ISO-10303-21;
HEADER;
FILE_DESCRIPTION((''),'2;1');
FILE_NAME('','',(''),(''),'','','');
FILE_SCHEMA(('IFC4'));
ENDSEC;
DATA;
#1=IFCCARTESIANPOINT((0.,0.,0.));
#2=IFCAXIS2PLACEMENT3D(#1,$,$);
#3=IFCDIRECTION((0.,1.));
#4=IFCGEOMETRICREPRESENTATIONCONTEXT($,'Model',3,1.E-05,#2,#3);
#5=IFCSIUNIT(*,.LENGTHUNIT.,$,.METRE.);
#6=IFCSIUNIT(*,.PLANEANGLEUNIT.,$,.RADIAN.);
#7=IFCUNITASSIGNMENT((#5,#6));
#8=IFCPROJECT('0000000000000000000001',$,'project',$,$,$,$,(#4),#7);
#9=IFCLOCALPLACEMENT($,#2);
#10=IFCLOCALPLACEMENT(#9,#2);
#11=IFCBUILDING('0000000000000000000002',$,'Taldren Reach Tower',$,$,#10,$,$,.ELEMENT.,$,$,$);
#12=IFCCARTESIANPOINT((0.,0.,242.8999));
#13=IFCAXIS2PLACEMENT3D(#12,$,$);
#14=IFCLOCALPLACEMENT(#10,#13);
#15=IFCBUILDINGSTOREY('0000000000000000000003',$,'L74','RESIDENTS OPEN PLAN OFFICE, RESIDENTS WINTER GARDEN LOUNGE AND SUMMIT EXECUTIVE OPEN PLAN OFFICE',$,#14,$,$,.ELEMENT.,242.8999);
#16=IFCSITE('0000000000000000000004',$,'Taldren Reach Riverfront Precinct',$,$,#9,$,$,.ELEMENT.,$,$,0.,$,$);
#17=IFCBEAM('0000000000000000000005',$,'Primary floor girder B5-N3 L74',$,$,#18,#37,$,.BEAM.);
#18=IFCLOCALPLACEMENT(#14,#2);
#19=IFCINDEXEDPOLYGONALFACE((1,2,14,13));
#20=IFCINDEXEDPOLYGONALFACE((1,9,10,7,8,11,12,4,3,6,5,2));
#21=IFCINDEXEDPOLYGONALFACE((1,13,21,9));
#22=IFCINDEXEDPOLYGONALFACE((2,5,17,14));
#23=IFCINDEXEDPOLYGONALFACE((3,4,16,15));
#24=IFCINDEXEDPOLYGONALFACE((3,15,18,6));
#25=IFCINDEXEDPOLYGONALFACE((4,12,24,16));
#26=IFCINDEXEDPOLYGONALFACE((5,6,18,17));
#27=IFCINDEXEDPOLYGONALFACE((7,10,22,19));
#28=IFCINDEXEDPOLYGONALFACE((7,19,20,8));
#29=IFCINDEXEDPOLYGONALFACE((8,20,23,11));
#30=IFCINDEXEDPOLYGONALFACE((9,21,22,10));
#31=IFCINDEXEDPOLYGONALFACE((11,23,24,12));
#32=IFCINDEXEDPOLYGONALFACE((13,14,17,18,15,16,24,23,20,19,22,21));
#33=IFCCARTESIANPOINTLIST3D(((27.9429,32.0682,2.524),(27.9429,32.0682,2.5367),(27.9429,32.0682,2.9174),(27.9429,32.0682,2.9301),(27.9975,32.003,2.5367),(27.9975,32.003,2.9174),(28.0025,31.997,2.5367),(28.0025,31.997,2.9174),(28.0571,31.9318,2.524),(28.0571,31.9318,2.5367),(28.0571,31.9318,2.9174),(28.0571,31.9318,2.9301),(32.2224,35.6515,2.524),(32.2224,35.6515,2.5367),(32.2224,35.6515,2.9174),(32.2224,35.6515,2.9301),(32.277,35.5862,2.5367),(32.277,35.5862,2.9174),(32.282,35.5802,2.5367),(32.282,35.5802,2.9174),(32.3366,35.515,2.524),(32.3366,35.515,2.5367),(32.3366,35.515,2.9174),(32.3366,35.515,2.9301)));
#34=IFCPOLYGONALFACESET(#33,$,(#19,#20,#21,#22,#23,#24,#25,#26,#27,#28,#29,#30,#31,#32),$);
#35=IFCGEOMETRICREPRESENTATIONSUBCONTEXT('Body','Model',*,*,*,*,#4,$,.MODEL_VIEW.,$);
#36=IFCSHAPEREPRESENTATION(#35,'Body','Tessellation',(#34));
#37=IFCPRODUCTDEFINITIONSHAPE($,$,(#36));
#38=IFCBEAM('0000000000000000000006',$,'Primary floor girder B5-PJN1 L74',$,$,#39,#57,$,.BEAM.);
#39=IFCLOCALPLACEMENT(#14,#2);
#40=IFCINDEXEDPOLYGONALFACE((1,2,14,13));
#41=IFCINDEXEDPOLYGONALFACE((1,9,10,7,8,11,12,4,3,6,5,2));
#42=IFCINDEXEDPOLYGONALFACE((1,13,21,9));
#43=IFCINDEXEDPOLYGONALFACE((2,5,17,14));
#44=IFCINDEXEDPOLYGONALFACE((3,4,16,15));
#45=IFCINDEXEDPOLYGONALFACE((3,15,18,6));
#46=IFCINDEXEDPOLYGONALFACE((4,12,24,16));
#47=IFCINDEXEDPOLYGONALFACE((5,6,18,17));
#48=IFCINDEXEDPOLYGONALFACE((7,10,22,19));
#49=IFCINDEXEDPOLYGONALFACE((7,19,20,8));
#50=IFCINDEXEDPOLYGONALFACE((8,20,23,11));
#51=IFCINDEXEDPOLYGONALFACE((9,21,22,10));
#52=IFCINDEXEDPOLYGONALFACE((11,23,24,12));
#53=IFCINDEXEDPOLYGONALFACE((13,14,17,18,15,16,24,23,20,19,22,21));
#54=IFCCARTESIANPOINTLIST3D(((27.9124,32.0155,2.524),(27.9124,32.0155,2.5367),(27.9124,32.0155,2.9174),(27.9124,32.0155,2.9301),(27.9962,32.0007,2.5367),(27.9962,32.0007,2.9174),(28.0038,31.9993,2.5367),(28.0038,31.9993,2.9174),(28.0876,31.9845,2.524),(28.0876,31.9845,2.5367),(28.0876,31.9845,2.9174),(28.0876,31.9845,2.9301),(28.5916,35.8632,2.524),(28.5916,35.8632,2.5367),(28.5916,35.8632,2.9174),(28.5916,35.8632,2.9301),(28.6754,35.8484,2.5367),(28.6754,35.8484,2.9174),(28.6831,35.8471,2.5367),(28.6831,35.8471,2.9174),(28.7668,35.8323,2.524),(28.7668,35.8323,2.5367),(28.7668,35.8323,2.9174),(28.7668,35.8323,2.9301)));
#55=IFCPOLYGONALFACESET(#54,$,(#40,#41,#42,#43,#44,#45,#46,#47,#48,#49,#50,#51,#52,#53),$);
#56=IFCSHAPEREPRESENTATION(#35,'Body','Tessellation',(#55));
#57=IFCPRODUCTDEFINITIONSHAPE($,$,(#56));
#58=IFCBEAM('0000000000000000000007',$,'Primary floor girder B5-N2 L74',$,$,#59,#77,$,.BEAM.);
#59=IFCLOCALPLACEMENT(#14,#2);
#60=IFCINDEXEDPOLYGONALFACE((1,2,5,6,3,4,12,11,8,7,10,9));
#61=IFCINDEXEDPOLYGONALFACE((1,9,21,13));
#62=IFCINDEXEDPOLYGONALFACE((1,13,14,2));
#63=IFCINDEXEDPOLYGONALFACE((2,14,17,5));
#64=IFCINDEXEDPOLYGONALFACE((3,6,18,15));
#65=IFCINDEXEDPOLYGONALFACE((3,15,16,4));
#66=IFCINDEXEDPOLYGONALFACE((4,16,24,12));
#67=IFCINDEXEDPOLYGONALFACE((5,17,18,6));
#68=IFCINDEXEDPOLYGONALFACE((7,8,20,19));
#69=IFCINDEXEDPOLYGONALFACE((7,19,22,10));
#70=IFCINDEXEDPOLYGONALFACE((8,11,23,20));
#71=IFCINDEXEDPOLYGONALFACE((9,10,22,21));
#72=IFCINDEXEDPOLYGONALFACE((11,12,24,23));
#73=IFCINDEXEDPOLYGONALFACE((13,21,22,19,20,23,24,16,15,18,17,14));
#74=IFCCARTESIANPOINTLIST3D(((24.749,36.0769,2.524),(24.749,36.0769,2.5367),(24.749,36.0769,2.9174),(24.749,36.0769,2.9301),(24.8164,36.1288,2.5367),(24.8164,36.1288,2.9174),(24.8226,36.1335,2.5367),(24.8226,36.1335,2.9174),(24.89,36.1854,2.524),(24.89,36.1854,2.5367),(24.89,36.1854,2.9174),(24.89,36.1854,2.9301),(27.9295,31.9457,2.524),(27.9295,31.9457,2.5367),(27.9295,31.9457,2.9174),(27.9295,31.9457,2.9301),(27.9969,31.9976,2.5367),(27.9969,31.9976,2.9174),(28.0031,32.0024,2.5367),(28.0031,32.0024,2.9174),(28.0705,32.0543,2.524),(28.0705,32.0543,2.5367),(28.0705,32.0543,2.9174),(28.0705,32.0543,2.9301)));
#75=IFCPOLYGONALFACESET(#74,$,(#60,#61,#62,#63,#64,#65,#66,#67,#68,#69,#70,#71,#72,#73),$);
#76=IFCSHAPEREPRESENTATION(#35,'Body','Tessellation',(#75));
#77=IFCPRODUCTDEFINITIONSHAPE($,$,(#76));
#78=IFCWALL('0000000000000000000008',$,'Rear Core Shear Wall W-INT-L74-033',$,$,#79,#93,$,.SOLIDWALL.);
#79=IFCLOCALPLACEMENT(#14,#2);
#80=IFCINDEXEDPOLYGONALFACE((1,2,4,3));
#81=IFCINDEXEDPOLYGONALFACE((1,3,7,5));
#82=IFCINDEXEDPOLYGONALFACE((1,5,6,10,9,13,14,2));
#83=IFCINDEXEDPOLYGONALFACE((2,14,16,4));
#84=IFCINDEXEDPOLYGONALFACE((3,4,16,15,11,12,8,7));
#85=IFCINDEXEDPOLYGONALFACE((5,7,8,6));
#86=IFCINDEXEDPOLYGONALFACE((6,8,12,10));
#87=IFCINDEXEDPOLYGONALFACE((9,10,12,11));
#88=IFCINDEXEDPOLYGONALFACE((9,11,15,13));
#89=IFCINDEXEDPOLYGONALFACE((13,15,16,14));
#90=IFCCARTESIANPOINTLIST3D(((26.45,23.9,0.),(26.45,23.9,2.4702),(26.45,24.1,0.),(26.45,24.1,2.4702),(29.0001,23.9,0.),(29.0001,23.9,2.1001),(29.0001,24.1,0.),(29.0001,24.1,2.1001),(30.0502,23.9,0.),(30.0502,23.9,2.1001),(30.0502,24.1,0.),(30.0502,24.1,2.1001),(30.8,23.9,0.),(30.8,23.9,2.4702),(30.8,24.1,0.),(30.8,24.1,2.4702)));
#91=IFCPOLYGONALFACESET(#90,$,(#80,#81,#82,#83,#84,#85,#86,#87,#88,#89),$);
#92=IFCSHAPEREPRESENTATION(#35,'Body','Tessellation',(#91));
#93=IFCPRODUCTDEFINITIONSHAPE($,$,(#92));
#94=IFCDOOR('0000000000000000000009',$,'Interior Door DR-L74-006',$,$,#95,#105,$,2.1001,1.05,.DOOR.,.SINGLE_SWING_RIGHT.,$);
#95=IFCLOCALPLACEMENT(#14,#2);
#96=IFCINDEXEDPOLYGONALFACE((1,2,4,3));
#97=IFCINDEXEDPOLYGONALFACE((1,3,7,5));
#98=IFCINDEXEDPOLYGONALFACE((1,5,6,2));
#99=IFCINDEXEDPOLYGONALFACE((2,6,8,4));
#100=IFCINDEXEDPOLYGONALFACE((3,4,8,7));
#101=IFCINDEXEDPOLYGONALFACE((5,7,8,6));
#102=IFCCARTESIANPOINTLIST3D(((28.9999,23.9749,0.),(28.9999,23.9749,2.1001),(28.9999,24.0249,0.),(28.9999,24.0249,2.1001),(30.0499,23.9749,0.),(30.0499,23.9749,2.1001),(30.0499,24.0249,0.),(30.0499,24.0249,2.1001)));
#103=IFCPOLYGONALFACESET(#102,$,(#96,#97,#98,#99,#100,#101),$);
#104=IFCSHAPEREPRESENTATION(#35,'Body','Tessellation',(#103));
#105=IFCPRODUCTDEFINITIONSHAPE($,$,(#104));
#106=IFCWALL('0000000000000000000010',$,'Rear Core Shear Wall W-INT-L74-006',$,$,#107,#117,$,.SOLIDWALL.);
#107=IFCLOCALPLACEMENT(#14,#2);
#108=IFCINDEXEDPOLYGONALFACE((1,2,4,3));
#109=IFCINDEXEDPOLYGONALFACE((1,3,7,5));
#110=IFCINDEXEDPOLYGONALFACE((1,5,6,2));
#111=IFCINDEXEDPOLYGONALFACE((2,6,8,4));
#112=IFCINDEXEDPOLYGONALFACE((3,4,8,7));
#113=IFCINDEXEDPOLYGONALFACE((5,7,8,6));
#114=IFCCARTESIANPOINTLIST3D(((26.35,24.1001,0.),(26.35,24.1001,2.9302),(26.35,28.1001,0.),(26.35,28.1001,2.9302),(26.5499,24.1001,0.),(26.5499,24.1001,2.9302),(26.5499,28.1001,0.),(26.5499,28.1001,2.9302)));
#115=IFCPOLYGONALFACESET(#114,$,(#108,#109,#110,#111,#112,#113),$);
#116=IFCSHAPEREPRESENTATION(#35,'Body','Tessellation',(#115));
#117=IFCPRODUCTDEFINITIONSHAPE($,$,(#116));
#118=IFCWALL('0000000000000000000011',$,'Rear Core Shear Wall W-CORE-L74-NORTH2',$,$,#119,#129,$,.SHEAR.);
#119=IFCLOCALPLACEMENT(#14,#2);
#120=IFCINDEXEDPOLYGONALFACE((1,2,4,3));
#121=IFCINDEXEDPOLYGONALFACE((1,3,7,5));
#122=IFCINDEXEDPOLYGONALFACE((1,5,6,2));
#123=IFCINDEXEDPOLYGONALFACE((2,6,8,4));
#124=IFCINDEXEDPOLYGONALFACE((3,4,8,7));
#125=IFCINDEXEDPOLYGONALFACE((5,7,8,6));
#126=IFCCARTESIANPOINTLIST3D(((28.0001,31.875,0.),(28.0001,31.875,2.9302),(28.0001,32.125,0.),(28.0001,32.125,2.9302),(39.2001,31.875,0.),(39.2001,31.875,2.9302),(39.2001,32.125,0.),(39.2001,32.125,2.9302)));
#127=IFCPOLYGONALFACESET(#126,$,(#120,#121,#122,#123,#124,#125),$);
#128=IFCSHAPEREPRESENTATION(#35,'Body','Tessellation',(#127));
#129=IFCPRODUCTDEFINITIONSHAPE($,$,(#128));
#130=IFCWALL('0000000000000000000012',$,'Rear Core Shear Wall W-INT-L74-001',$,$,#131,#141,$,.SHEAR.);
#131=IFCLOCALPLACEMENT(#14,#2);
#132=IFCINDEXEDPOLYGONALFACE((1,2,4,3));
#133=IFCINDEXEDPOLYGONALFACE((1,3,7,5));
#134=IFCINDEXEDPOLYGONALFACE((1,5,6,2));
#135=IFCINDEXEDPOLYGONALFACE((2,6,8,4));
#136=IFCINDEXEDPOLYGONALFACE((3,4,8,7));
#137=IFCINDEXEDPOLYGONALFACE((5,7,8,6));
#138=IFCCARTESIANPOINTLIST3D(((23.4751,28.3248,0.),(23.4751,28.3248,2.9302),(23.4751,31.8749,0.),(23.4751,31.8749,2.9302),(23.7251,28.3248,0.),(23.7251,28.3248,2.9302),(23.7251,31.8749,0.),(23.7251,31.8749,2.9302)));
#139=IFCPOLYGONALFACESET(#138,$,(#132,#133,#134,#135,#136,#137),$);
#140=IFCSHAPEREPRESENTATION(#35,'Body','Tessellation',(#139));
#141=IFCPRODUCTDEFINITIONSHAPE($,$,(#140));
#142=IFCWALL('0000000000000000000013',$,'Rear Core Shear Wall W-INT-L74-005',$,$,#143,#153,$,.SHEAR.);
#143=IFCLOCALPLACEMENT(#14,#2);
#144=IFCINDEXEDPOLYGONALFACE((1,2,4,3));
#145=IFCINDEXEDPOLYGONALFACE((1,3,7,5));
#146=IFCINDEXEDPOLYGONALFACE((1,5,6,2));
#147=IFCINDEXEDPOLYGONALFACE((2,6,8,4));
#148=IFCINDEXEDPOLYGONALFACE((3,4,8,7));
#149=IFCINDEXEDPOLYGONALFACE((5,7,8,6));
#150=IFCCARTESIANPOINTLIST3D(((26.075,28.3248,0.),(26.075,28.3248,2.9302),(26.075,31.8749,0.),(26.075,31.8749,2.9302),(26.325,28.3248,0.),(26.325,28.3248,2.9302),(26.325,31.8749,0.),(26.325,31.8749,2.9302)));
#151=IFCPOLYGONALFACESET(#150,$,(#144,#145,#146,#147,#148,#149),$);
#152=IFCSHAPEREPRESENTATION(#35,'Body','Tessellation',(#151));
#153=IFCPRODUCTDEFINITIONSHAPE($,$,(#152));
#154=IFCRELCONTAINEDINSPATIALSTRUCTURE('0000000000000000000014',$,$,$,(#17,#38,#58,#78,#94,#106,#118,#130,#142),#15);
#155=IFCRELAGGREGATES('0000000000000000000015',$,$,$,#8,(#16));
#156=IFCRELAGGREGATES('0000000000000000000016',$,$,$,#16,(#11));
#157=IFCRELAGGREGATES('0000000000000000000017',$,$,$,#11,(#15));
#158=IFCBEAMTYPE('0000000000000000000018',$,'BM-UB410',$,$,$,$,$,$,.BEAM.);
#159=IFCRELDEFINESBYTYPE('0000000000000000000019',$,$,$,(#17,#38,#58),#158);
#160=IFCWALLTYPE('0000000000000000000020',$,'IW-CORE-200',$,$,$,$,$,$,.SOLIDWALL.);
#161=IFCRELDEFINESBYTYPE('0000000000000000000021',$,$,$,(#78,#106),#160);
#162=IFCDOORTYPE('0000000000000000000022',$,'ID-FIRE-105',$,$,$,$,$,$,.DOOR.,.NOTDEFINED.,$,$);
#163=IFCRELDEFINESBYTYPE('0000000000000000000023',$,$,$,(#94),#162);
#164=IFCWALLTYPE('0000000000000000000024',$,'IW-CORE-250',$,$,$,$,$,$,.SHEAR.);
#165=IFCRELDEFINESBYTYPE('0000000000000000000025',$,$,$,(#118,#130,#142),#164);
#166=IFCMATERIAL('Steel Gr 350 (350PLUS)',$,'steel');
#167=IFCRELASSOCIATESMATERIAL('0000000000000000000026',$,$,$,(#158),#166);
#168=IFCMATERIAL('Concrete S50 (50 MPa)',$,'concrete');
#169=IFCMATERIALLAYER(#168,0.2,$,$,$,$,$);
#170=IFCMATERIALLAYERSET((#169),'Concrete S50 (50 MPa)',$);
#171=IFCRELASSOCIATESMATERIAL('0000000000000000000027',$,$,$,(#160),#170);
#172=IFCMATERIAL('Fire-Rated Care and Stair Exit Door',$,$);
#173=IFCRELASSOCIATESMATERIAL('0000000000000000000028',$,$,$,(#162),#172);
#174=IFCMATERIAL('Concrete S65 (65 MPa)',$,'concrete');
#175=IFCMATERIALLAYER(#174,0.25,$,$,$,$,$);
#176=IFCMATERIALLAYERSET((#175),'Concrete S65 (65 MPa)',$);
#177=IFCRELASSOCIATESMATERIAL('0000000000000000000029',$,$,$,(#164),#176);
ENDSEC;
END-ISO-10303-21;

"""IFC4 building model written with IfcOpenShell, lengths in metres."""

from ifc_helpers import new_model, si_unit, direction, frame, frame_2d, origin, origin_2d, place, context, subcontext, project, spatial, rectangle, i_section, extrude, source, transform, mapped, material, layer, layer_set, material_profile, profile_set, type_object, element, fill, save


model = new_model("IFC4")

# Units and contexts
model_context = context("Model", 3, precision=1e-05, world=origin(), true_north=direction((0.0, 1.0)))
body_context = subcontext(model_context, "Body", "Model", "MODEL_VIEW")
ifc_project = project(units=[si_unit("LENGTHUNIT", "METRE"), si_unit("PLANEANGLEUNIT", "RADIAN")], contexts=[model_context])

# Site, building, storey
site_placement = place(None, origin())
site = spatial("IfcSite", under=ifc_project, at=site_placement, Name="Taldren Reach Riverfront Precinct", CompositionType="ELEMENT", RefElevation=0.0)
building_placement = place(site_placement, origin())
building = spatial("IfcBuilding", under=site, at=building_placement, Name="Taldren Reach Tower", CompositionType="ELEMENT")
storey_placement = place(building_placement, frame((0.0, 0.0, 242.8999)))
storey = spatial("IfcBuildingStorey", under=building, at=storey_placement, Name="L74", Description="RESIDENTS OPEN PLAN OFFICE, RESIDENTS WINTER GARDEN LOUNGE AND SUMMIT EXECUTIVE OPEN PLAN OFFICE", CompositionType="ELEMENT", Elevation=242.8999)

# Shared definitions
ifc_material_1 = material(Name="Steel Gr 350 (350PLUS)", Category="steel")

# Beams
ifc_material_profile_1 = material_profile(ifc_material_1, i_section(OverallWidth=0.178, OverallDepth=0.406, WebThickness=0.0078, FlangeThickness=0.0127, at=origin_2d()), Name="410UB59.7")
ifc_profile_set_1 = profile_set([ifc_material_profile_1], Name="Steel Gr 350 (350PLUS)")
beam_type_1 = type_object("IfcBeamType", Name="BM-UB410", PredefinedType="BEAM", material=ifc_profile_set_1)
shared_shape_1 = source(origin(), body_context, "Body", "SweptSolid", [
    extrude(i_section(OverallWidth=0.178, OverallDepth=0.406, WebThickness=0.0078, FlangeThickness=0.0127, at=origin_2d()), origin(), (0.0, 0.0, 1.0), 5.5815),
])
beam_1_placement = place(storey_placement, frame((28.0, 32.0, 2.7271), z_axis=(0.766724, 0.641977, 0.0), x_axis=(-0.641977, 0.766724, 0.0)))
element("IfcBeam", 1, at=beam_1_placement, inside=storey, type_object=beam_type_1, Name="Primary floor girder B5-N3 L74", PredefinedType="BEAM", context=body_context, shape_type="MappedRepresentation", body=[
    mapped(shared_shape_1, transform((0.0, 0.0, 0.0), scale=1.0)),
])
shared_shape_2 = source(origin(), body_context, "Body", "SweptSolid", [
    extrude(i_section(OverallWidth=0.178, OverallDepth=0.406, WebThickness=0.0078, FlangeThickness=0.0127, at=origin_2d()), origin(), (0.0, 0.0, 1.0), 3.9072),
])
beam_2_placement = place(storey_placement, frame((28.0, 32.0, 2.7271), z_axis=(0.173835, 0.984775, 0.0), x_axis=(-0.984775, 0.173835, 0.0)))
element("IfcBeam", 2, at=beam_2_placement, inside=storey, type_object=beam_type_1, Name="Primary floor girder B5-PJN1 L74", PredefinedType="BEAM", context=body_context, shape_type="MappedRepresentation", body=[
    mapped(shared_shape_2, transform((0.0, 0.0, 0.0), scale=1.0)),
])
shared_shape_3 = source(origin(), body_context, "Body", "SweptSolid", [
    extrude(i_section(OverallWidth=0.178, OverallDepth=0.406, WebThickness=0.0078, FlangeThickness=0.0127, at=origin_2d()), origin(), (0.0, 0.0, 1.0), 5.2136),
])
beam_3_placement = place(storey_placement, frame((28.0, 32.0, 2.7271), z_axis=(-0.61003, 0.792378, 0.0), x_axis=(-0.792378, -0.61003, 0.0)))
element("IfcBeam", 3, at=beam_3_placement, inside=storey, type_object=beam_type_1, Name="Primary floor girder B5-N2 L74", PredefinedType="BEAM", context=body_context, shape_type="MappedRepresentation", body=[
    mapped(shared_shape_3, transform((0.0, 0.0, 0.0), scale=1.0)),
])

# Wall, opening, door
ifc_material_2 = material(Name="Concrete S50 (50 MPa)", Category="concrete")
ifc_layer_1 = layer(ifc_material_2, 0.2)
ifc_layer_set_1 = layer_set([ifc_layer_1], Name="Concrete S50 (50 MPa)")
wall_type_1 = type_object("IfcWallType", Name="IW-CORE-200", PredefinedType="SOLIDWALL", material=ifc_layer_set_1)
shared_shape_4 = source(origin(), body_context, "Body", "SweptSolid", [
    extrude(rectangle(XDim=4.3501, YDim=0.2, at=frame_2d((2.175, 0.0))), origin(), (0.0, 0.0, 1.0), 2.4702),
])
wall_1_placement = place(storey_placement, frame((30.8, 24.0, 0.0), z_axis=(0.0, 0.0, 1.0), x_axis=(-1.0, 0.0, 0.0)))
wall_1 = element("IfcWall", 4, at=wall_1_placement, inside=storey, type_object=wall_type_1, Name="Rear Core Shear Wall W-INT-L74-033", PredefinedType="SOLIDWALL", context=body_context, shape_type="MappedRepresentation", body=[
    mapped(shared_shape_4, transform((0.0, 0.0, 0.0), scale=1.0)),
])
shared_shape_5 = source(origin(), body_context, "Body", "SweptSolid", [
    extrude(rectangle(XDim=1.05, YDim=2.1001, at=frame_2d((0.5249, 1.05))), frame((0.0, 0.1099, 0.0), z_axis=(0.0, -1.0, 0.0), x_axis=(1.0, 0.0, 0.0)), (0.0, 0.0, 1.0), 0.22),
])
opening_1_placement = place(wall_1_placement, frame((0.75, 0.0, 0.0)))
opening_1 = element("IfcOpeningElement", 5, at=opening_1_placement, cuts=wall_1, PredefinedType="OPENING", context=body_context, shape_type="MappedRepresentation", body=[
    mapped(shared_shape_5, transform((0.0, 0.0, 0.0), scale=1.0)),
])
ifc_material_3 = material(Name="Fire-Rated Care and Stair Exit Door")
door_type_1 = type_object("IfcDoorType", Name="ID-FIRE-105", OperationType="NOTDEFINED", PredefinedType="DOOR", material=ifc_material_3)
shared_shape_6 = source(origin(), body_context, "Body", "SweptSolid", [
    extrude(rectangle(XDim=1.05, YDim=2.1001, at=frame_2d((0.5249, 1.05))), frame((0.0, 0.0249, 0.0), z_axis=(0.0, -1.0, 0.0), x_axis=(1.0, 0.0, 0.0)), (0.0, 0.0, 1.0), 0.05),
])
door_1_placement = place(opening_1_placement, frame((1.05, 0.0, 0.0), z_axis=(0.0, 0.0, 1.0), x_axis=(-1.0, 0.0, 0.0)))
door_1 = element("IfcDoor", 6, at=door_1_placement, inside=storey, type_object=door_type_1, Name="Interior Door DR-L74-006", OperationType="SINGLE_SWING_RIGHT", OverallHeight=2.1001, OverallWidth=1.05, PredefinedType="DOOR", context=body_context, shape_type="MappedRepresentation", body=[
    mapped(shared_shape_6, transform((0.0, 0.0, 0.0), scale=1.0)),
])
fill(opening_1, door_1)

# Walls
shared_shape_7 = source(origin(), body_context, "Body", "SweptSolid", [
    extrude(rectangle(XDim=4.0, YDim=0.2, at=frame_2d((2.0, 0.0))), origin(), (0.0, 0.0, 1.0), 2.9302),
])
wall_2_placement = place(storey_placement, frame((26.45, 24.1001, 0.0), z_axis=(0.0, 0.0, 1.0), x_axis=(0.0, 1.0, 0.0)))
element("IfcWall", 7, at=wall_2_placement, inside=storey, type_object=wall_type_1, Name="Rear Core Shear Wall W-INT-L74-006", PredefinedType="SOLIDWALL", context=body_context, shape_type="MappedRepresentation", body=[
    mapped(shared_shape_7, transform((0.0, 0.0, 0.0), scale=1.0)),
])
ifc_material_4 = material(Name="Concrete S65 (65 MPa)", Category="concrete")
ifc_layer_2 = layer(ifc_material_4, 0.25)
ifc_layer_set_2 = layer_set([ifc_layer_2], Name="Concrete S65 (65 MPa)")
wall_type_2 = type_object("IfcWallType", Name="IW-CORE-250", PredefinedType="SHEAR", material=ifc_layer_set_2)
shared_shape_8 = source(origin(), body_context, "Body", "SweptSolid", [
    extrude(rectangle(XDim=11.2, YDim=0.25, at=frame_2d((5.6001, 0.0))), origin(), (0.0, 0.0, 1.0), 2.9302),
])
wall_3_placement = place(storey_placement, frame((28.0, 32.0, 0.0), z_axis=(0.0, 0.0, 1.0), x_axis=(1.0, 0.0, 0.0)))
element("IfcWall", 8, at=wall_3_placement, inside=storey, type_object=wall_type_2, Name="Rear Core Shear Wall W-CORE-L74-NORTH2", PredefinedType="SHEAR", context=body_context, shape_type="MappedRepresentation", body=[
    mapped(shared_shape_8, transform((0.0, 0.0, 0.0), scale=1.0)),
])
shared_shape_9 = source(origin(), body_context, "Body", "SweptSolid", [
    extrude(rectangle(XDim=3.55, YDim=0.25, at=frame_2d((1.7749, 0.0))), origin(), (0.0, 0.0, 1.0), 2.9302),
])
for number, where, z_axis, x_axis, name in (
    (9, (23.6001, 28.325, 0.0), (0.0, 0.0, 1.0), (0.0, 1.0, 0.0), "Rear Core Shear Wall W-INT-L74-001"),
    (10, (26.2, 28.325, 0.0), (0.0, 0.0, 1.0), (0.0, 1.0, 0.0), "Rear Core Shear Wall W-INT-L74-005"),
):
    element("IfcWall", number, at=place(storey_placement, frame(where, z_axis=z_axis, x_axis=x_axis)), inside=storey, type_object=wall_type_2, Name=name, PredefinedType="SHEAR", context=body_context, shape_type="MappedRepresentation", body=[
        mapped(shared_shape_9, transform((0.0, 0.0, 0.0), scale=1.0)),
    ])

save(model, "model.ifc")
